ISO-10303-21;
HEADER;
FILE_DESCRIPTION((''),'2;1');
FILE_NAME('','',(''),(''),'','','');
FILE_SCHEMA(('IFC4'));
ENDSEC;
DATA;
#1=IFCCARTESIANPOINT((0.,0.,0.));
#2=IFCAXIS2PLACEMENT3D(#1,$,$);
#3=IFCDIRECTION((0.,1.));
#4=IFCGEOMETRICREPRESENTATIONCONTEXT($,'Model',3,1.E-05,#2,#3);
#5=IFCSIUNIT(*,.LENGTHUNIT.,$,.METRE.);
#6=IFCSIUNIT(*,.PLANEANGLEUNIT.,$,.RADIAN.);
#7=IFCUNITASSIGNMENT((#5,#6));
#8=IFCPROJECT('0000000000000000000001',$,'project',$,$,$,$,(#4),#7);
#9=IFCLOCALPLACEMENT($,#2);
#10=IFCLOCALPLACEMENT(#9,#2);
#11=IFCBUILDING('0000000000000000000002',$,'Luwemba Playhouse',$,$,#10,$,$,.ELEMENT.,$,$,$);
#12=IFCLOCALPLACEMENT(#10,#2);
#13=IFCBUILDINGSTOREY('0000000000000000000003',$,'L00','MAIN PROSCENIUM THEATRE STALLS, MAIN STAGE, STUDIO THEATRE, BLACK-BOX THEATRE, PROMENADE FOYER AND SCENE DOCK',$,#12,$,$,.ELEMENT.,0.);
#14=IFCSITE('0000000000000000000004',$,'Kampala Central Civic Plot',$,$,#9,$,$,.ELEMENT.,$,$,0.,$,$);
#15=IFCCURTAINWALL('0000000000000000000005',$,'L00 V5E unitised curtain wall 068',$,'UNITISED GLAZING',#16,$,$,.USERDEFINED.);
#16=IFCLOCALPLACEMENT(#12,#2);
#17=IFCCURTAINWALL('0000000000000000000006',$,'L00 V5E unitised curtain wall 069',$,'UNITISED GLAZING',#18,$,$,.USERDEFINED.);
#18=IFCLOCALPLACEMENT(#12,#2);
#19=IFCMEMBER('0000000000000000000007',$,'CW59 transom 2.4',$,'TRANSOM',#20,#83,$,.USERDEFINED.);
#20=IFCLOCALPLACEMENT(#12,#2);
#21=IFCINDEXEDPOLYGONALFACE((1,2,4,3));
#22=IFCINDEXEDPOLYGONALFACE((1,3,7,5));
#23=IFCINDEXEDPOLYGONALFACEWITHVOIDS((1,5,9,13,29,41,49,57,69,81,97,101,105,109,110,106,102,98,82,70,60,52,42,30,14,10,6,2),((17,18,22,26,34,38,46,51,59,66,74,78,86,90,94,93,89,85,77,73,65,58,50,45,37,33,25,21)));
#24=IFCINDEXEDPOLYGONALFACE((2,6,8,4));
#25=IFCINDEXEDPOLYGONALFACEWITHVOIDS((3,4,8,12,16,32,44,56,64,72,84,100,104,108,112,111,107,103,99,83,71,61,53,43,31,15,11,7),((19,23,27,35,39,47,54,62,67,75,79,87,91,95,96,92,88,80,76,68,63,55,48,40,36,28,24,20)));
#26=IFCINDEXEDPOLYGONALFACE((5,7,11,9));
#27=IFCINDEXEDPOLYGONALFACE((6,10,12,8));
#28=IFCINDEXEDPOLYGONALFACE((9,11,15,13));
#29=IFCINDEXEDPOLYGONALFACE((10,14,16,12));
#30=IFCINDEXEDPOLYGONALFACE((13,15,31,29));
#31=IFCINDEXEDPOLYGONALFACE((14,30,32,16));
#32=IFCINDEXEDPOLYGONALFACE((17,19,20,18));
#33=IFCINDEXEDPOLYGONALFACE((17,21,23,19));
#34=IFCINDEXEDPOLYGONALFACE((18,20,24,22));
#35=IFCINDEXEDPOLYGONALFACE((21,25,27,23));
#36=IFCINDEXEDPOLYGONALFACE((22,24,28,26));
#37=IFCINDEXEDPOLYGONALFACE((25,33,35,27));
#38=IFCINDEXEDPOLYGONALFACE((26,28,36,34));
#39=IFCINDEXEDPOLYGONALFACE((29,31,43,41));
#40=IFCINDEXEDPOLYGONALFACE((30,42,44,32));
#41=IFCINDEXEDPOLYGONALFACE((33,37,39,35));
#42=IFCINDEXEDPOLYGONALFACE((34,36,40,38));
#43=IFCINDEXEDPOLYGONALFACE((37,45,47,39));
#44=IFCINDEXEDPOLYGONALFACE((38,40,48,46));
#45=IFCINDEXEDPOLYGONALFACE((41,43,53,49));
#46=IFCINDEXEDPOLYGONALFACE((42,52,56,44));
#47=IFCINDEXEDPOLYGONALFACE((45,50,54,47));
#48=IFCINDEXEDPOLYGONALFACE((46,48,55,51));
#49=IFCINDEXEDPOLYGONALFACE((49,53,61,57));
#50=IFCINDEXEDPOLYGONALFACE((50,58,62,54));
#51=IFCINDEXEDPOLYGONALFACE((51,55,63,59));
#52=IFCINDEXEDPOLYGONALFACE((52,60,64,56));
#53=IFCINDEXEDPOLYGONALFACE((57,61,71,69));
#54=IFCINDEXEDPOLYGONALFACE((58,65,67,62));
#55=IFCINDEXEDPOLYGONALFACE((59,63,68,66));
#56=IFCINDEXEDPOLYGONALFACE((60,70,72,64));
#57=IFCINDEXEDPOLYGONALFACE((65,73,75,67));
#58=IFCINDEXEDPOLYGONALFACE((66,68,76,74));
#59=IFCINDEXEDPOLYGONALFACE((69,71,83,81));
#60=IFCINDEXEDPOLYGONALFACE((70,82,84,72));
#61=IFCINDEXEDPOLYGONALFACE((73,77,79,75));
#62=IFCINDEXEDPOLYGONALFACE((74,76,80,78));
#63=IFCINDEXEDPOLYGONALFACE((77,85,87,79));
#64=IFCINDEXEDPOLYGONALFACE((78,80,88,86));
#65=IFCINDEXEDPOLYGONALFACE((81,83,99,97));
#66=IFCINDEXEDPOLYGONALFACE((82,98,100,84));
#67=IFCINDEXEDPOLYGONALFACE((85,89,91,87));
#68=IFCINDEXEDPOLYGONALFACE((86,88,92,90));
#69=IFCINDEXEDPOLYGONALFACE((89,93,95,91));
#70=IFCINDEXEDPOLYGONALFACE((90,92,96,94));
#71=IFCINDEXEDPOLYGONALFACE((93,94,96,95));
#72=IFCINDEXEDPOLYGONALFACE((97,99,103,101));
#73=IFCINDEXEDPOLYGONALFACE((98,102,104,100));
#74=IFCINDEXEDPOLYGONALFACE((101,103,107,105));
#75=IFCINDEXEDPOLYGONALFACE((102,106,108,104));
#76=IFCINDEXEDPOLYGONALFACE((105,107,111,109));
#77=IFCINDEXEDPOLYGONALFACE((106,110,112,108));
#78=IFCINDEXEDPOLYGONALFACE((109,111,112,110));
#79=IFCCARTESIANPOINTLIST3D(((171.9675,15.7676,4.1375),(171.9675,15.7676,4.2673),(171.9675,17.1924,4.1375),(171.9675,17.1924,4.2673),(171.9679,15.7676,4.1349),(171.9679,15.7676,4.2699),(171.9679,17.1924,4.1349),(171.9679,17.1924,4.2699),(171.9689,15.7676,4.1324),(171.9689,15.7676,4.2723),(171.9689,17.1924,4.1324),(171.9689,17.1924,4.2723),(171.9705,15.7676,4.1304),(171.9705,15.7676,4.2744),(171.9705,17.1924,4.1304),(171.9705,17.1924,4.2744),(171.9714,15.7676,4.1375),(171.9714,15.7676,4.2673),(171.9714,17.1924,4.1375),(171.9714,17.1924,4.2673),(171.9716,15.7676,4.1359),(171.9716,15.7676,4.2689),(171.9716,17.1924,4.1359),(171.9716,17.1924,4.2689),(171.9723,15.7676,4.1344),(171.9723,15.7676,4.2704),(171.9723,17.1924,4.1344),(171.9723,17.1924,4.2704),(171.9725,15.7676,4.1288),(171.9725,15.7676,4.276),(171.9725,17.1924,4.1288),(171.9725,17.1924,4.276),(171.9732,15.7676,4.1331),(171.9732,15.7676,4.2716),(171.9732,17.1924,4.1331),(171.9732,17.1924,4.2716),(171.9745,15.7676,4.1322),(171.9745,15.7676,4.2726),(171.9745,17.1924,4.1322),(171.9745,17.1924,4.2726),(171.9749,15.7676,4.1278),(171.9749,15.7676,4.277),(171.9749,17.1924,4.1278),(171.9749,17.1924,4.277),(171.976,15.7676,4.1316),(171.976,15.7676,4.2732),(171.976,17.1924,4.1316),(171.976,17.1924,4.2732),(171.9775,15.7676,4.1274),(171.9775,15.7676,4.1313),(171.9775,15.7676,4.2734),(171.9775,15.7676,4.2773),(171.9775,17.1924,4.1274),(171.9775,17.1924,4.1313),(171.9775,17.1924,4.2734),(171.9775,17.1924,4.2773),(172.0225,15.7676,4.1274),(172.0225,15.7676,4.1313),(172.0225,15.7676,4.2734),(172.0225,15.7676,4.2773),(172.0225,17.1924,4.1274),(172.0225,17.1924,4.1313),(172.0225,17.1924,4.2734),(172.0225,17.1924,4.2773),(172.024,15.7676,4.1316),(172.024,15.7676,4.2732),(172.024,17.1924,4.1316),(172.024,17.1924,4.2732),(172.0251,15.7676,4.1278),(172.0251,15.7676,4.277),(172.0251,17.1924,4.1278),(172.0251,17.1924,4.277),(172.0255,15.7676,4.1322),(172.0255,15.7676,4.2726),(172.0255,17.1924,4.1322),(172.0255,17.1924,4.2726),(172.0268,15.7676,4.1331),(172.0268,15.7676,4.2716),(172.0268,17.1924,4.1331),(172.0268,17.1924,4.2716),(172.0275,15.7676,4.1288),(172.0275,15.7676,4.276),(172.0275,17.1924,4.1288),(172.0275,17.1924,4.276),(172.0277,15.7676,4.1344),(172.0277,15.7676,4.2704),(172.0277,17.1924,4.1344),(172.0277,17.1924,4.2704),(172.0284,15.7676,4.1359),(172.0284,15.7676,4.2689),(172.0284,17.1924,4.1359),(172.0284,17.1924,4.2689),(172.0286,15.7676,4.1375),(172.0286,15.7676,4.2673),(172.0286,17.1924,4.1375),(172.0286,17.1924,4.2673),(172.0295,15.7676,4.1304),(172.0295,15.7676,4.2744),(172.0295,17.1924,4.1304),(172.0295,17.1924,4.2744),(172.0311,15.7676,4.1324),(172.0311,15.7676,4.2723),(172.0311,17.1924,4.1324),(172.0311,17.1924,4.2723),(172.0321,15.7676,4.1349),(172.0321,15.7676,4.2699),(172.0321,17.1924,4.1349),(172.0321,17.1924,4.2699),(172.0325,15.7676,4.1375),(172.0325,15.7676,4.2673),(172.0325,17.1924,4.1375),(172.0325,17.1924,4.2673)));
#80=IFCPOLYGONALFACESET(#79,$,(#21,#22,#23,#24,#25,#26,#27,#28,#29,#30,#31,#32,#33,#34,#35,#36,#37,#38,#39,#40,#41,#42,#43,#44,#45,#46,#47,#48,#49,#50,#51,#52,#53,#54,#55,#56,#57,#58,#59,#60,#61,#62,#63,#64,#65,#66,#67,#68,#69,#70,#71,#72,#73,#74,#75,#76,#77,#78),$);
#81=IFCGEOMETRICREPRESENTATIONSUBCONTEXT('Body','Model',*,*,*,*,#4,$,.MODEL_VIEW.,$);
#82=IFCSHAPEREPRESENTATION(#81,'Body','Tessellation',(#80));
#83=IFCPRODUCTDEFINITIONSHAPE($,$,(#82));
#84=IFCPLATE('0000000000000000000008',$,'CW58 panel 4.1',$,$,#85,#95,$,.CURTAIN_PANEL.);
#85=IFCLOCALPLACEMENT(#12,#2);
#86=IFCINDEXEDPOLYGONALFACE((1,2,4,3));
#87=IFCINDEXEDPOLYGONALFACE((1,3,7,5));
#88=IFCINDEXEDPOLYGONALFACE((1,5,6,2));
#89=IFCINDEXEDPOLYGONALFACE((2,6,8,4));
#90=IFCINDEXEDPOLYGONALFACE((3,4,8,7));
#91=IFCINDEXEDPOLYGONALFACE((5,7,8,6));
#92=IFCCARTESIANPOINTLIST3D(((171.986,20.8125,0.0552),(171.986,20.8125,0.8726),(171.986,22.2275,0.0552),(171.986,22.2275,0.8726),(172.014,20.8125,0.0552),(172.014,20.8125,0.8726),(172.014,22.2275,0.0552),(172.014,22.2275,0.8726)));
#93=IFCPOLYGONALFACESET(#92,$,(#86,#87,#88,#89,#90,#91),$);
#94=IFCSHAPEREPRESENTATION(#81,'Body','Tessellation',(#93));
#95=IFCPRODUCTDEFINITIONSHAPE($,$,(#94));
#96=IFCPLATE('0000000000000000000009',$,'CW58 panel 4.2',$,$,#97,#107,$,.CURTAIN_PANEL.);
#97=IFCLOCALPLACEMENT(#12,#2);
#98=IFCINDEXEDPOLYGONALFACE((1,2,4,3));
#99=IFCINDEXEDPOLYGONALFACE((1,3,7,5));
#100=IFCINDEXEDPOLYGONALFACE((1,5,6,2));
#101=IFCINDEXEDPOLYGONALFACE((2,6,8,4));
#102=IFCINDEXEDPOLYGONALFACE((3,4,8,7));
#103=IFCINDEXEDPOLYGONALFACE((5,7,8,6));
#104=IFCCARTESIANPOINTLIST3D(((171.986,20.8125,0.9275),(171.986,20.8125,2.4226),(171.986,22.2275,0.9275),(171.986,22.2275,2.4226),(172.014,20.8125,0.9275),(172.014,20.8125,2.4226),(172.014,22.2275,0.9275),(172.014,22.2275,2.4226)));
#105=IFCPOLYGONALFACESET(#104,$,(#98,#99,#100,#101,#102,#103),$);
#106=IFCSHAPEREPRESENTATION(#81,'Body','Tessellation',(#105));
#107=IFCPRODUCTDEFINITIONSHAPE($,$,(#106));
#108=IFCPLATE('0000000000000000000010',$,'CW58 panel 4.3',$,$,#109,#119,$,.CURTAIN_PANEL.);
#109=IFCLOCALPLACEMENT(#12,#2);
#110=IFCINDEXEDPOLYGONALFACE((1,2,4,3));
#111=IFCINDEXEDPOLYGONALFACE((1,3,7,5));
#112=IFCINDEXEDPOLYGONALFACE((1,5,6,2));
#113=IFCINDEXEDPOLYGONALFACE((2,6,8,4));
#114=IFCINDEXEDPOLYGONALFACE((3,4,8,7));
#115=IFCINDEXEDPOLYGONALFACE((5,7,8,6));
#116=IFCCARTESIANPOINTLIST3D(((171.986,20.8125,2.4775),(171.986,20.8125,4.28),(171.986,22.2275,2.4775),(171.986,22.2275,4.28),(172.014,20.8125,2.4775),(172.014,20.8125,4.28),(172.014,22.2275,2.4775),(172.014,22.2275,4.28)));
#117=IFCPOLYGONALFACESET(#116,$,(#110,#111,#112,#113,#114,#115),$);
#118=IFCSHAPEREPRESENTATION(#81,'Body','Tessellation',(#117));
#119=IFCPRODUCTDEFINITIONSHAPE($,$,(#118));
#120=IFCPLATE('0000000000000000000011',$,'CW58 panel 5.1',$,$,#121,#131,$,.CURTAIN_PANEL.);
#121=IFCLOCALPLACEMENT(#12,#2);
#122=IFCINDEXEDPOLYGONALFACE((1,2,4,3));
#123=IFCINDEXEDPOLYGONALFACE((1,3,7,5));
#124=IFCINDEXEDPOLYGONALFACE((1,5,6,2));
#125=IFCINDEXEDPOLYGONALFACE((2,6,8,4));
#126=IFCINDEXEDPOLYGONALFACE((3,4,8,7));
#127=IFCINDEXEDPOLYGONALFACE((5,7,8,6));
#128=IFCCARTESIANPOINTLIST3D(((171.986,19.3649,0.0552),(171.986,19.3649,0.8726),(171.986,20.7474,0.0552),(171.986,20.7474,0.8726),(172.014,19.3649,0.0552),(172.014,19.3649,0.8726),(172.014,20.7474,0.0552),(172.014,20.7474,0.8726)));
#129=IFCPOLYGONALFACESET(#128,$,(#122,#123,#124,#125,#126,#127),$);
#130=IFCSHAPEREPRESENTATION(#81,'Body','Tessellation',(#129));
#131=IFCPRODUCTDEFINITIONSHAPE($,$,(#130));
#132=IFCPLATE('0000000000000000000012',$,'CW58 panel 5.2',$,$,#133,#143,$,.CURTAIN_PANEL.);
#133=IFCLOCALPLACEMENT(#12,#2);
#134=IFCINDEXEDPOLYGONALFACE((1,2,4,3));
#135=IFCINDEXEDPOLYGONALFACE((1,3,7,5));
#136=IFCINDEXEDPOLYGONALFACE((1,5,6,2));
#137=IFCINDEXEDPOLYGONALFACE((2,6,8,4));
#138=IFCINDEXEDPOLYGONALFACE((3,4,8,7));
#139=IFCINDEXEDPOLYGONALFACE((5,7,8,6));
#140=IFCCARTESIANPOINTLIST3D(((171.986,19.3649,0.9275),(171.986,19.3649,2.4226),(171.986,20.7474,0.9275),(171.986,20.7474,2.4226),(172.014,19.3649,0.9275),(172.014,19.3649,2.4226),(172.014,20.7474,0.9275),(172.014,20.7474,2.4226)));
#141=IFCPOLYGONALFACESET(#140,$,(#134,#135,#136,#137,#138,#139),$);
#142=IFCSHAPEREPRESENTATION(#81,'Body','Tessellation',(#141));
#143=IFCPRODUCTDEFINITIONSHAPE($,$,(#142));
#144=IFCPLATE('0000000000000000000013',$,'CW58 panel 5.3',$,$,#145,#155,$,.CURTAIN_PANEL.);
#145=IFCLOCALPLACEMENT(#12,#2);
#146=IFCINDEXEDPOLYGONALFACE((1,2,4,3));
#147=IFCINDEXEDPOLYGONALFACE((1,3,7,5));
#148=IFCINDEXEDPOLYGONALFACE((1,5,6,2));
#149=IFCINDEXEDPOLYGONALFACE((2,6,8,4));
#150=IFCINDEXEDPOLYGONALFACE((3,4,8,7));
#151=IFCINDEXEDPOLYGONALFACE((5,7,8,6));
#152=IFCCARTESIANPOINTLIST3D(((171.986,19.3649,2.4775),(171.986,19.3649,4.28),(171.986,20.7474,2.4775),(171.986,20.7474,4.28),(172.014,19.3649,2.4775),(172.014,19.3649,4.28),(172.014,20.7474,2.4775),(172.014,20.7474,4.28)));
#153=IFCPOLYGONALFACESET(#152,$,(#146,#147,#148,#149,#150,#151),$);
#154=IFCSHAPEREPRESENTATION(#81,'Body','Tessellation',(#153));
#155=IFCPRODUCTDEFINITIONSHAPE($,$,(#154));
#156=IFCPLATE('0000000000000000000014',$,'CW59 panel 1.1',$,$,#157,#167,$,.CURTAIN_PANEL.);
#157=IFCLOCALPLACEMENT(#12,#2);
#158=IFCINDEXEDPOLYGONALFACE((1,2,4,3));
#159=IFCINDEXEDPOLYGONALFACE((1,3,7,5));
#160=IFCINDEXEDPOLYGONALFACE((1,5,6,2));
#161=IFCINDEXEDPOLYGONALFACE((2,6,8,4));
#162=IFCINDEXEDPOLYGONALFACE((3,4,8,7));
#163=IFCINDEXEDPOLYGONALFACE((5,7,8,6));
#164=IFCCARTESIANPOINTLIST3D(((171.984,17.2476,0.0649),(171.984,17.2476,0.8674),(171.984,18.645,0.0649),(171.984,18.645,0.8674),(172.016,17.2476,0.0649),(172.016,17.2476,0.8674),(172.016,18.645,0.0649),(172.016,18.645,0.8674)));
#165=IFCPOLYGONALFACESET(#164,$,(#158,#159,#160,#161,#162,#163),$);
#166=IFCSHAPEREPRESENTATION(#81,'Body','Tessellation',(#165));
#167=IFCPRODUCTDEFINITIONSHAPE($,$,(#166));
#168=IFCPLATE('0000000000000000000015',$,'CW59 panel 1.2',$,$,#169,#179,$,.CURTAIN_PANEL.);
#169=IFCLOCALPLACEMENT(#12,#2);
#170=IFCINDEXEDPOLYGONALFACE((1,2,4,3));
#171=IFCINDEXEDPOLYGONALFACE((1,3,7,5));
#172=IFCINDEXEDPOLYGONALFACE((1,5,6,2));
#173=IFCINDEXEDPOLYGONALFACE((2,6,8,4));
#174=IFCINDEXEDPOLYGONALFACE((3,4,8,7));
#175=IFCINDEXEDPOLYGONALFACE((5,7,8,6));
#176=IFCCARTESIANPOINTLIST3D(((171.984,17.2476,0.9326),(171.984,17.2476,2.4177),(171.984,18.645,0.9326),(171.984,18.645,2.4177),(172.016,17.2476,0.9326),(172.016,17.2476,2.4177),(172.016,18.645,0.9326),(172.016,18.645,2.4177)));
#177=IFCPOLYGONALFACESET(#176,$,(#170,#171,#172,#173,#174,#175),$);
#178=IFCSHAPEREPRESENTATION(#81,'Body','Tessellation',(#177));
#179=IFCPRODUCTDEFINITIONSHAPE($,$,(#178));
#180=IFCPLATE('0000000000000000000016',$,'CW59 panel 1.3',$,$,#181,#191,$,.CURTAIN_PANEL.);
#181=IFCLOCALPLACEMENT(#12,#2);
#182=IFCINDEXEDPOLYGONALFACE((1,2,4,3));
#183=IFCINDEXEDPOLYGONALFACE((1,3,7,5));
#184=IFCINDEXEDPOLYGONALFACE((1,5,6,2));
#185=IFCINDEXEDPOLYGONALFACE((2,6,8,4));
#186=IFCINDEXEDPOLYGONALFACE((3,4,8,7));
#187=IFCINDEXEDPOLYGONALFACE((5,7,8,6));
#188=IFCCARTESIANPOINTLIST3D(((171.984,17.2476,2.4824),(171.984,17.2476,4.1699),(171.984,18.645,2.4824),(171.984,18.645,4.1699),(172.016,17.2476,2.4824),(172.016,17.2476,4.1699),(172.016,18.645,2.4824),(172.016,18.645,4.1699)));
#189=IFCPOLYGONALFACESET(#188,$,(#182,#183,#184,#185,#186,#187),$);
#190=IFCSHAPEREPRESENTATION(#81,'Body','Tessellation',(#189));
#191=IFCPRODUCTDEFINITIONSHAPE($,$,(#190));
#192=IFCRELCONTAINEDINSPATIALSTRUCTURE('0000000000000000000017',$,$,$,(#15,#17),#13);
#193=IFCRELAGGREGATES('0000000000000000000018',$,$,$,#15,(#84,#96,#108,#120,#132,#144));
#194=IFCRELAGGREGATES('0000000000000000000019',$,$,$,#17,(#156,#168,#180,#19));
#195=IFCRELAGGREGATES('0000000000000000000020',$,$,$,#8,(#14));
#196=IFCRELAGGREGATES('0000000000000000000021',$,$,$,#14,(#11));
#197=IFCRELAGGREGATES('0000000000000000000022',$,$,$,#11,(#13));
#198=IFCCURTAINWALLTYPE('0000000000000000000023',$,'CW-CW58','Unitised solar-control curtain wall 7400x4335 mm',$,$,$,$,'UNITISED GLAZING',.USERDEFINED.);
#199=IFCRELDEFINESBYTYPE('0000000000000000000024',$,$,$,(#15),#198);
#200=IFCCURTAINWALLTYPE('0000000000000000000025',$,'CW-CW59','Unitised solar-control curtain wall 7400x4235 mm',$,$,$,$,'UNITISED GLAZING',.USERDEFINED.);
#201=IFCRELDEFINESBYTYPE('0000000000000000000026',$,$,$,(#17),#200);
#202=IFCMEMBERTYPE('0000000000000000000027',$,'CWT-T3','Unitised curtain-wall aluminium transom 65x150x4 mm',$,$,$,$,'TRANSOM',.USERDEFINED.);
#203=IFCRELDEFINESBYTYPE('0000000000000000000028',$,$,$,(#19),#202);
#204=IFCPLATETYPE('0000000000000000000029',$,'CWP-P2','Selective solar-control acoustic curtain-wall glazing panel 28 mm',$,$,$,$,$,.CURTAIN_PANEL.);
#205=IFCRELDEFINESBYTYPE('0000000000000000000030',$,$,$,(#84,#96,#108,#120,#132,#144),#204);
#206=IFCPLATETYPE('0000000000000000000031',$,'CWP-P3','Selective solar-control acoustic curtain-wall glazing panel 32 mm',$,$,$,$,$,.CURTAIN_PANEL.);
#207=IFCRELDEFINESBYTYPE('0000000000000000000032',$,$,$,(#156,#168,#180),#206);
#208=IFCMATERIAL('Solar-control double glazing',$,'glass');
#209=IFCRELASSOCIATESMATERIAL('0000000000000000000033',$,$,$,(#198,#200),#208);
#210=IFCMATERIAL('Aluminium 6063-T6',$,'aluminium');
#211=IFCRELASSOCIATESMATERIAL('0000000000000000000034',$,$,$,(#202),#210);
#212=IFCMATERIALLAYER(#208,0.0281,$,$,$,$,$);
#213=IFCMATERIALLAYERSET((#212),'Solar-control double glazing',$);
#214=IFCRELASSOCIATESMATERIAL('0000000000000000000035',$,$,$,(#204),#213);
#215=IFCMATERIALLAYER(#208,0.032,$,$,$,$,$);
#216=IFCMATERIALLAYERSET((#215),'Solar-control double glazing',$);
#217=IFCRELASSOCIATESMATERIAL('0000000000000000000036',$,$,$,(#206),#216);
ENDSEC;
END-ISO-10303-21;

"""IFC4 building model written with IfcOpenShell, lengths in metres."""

from ifc_helpers import new_model, si_unit, direction, frame, origin, origin_2d, place, context, subcontext, project, spatial, rectangle, hollow_rectangle, extrude, material, layer, layer_set, material_profile, profile_set, type_object, element, aggregate, save


model = new_model("IFC4")

# Units and contexts
model_context = context("Model", 3, precision=1e-05, world=origin(), true_north=direction((0.0, 1.0)))
body_context = subcontext(model_context, "Body", "Model", "MODEL_VIEW")
ifc_project = project(units=[si_unit("LENGTHUNIT", "METRE"), si_unit("PLANEANGLEUNIT", "RADIAN")], contexts=[model_context])

# Site, building, storey
site_placement = place(None, origin())
site = spatial("IfcSite", under=ifc_project, at=site_placement, Name="Kampala Central Civic Plot", CompositionType="ELEMENT", RefElevation=0.0)
building_placement = place(site_placement, origin())
building = spatial("IfcBuilding", under=site, at=building_placement, Name="Luwemba Playhouse", CompositionType="ELEMENT")
storey_placement = place(building_placement, origin())
storey = spatial("IfcBuildingStorey", under=building, at=storey_placement, Name="L00", Description="MAIN PROSCENIUM THEATRE STALLS, MAIN STAGE, STUDIO THEATRE, BLACK-BOX THEATRE, PROMENADE FOYER AND SCENE DOCK", CompositionType="ELEMENT", Elevation=0.0)

# Curtain walls
ifc_material_1 = material(Name="Solar-control double glazing", Category="glass")
curtain_wall_type_1 = type_object("IfcCurtainWallType", Name="CW-CW58", Description="Unitised solar-control curtain wall 7400x4335 mm", ElementType="UNITISED GLAZING", PredefinedType="USERDEFINED", material=ifc_material_1)
curtain_wall_1_placement = place(storey_placement, origin())
curtain_wall_1 = element("IfcCurtainWall", 1, at=curtain_wall_1_placement, inside=storey, type_object=curtain_wall_type_1, Name="L00 V5E unitised curtain wall 068", ObjectType="UNITISED GLAZING", PredefinedType="USERDEFINED")
ifc_material_2 = material(Name="Aluminium 6063-T6", Category="aluminium")
curtain_wall_type_2 = type_object("IfcCurtainWallType", Name="CW-CW59", Description="Unitised solar-control curtain wall 7400x4235 mm", ElementType="UNITISED GLAZING", PredefinedType="USERDEFINED", material=ifc_material_1)
curtain_wall_2_placement = place(storey_placement, origin())
curtain_wall_2 = element("IfcCurtainWall", 2, at=curtain_wall_2_placement, inside=storey, type_object=curtain_wall_type_2, Name="L00 V5E unitised curtain wall 069", ObjectType="UNITISED GLAZING", PredefinedType="USERDEFINED")

# Member
ifc_material_profile_1 = material_profile(ifc_material_2, hollow_rectangle(XDim=0.0649, YDim=0.1499, WallThickness=0.0039, InnerFilletRadius=0.0061, OuterFilletRadius=0.01, at=origin_2d()))
ifc_profile_set_1 = profile_set([ifc_material_profile_1], Name="Aluminium 6063-T6")
member_type_1 = type_object("IfcMemberType", Name="CWT-T3", Description="Unitised curtain-wall aluminium transom 65x150x4 mm", ElementType="TRANSOM", PredefinedType="USERDEFINED", material=ifc_profile_set_1)
member_1_placement = place(storey_placement, frame((172.0, 17.1924, 4.2024), z_axis=(0.0, -1.0, 0.0), x_axis=(1.0, 0.0, 0.0)))
member_1 = element("IfcMember", 3, at=member_1_placement, type_object=member_type_1, Name="CW59 transom 2.4", ObjectType="TRANSOM", PredefinedType="USERDEFINED", context=body_context, shape_type="SweptSolid", body=[
    extrude(hollow_rectangle(XDim=0.0649, YDim=0.1499, WallThickness=0.0039, InnerFilletRadius=0.0061, OuterFilletRadius=0.01, at=origin_2d()), origin(), (0.0, 0.0, 1.0), 1.4248),
])

# Plates
ifc_layer_1 = layer(ifc_material_1, 0.0281)
ifc_layer_set_1 = layer_set([ifc_layer_1], Name="Solar-control double glazing")
plate_type_1 = type_object("IfcPlateType", Name="CWP-P2", Description="Selective solar-control acoustic curtain-wall glazing panel 28 mm", PredefinedType="CURTAIN_PANEL", material=ifc_layer_set_1)
plate_1_placement = place(storey_placement, frame((172.0, 21.52, 0.0552), z_axis=(0.0, 0.0, 1.0), x_axis=(0.0, -1.0, 0.0)))
plate_1 = element("IfcPlate", 4, at=plate_1_placement, type_object=plate_type_1, Name="CW58 panel 4.1", PredefinedType="CURTAIN_PANEL", context=body_context, shape_type="SweptSolid", body=[
    extrude(rectangle(XDim=1.415, YDim=0.0281, at=origin_2d()), origin(), (0.0, 0.0, 1.0), 0.8174),
])
plate_2_placement = place(storey_placement, frame((172.0, 21.52, 0.9275), z_axis=(0.0, 0.0, 1.0), x_axis=(0.0, -1.0, 0.0)))
plate_2 = element("IfcPlate", 5, at=plate_2_placement, type_object=plate_type_1, Name="CW58 panel 4.2", PredefinedType="CURTAIN_PANEL", context=body_context, shape_type="SweptSolid", body=[
    extrude(rectangle(XDim=1.415, YDim=0.0281, at=origin_2d()), origin(), (0.0, 0.0, 1.0), 1.4951),
])
plate_3_placement = place(storey_placement, frame((172.0, 21.52, 2.4775), z_axis=(0.0, 0.0, 1.0), x_axis=(0.0, -1.0, 0.0)))
plate_3 = element("IfcPlate", 6, at=plate_3_placement, type_object=plate_type_1, Name="CW58 panel 4.3", PredefinedType="CURTAIN_PANEL", context=body_context, shape_type="SweptSolid", body=[
    extrude(rectangle(XDim=1.415, YDim=0.0281, at=origin_2d()), origin(), (0.0, 0.0, 1.0), 1.8025),
])
plate_4_placement = place(storey_placement, frame((172.0, 20.0562, 0.0552), z_axis=(0.0, 0.0, 1.0), x_axis=(0.0, -1.0, 0.0)))
plate_4 = element("IfcPlate", 7, at=plate_4_placement, type_object=plate_type_1, Name="CW58 panel 5.1", PredefinedType="CURTAIN_PANEL", context=body_context, shape_type="SweptSolid", body=[
    extrude(rectangle(XDim=1.3826, YDim=0.0281, at=origin_2d()), origin(), (0.0, 0.0, 1.0), 0.8174),
])
plate_5_placement = place(storey_placement, frame((172.0, 20.0562, 0.9275), z_axis=(0.0, 0.0, 1.0), x_axis=(0.0, -1.0, 0.0)))
plate_5 = element("IfcPlate", 8, at=plate_5_placement, type_object=plate_type_1, Name="CW58 panel 5.2", PredefinedType="CURTAIN_PANEL", context=body_context, shape_type="SweptSolid", body=[
    extrude(rectangle(XDim=1.3826, YDim=0.0281, at=origin_2d()), origin(), (0.0, 0.0, 1.0), 1.4951),
])
plate_6_placement = place(storey_placement, frame((172.0, 20.0562, 2.4775), z_axis=(0.0, 0.0, 1.0), x_axis=(0.0, -1.0, 0.0)))
plate_6 = element("IfcPlate", 9, at=plate_6_placement, type_object=plate_type_1, Name="CW58 panel 5.3", PredefinedType="CURTAIN_PANEL", context=body_context, shape_type="SweptSolid", body=[
    extrude(rectangle(XDim=1.3826, YDim=0.0281, at=origin_2d()), origin(), (0.0, 0.0, 1.0), 1.8025),
])
aggregate(curtain_wall_1, [plate_1, plate_2, plate_3, plate_4, plate_5, plate_6])
ifc_layer_2 = layer(ifc_material_1, 0.032)
ifc_layer_set_2 = layer_set([ifc_layer_2], Name="Solar-control double glazing")
plate_type_2 = type_object("IfcPlateType", Name="CWP-P3", Description="Selective solar-control acoustic curtain-wall glazing panel 32 mm", PredefinedType="CURTAIN_PANEL", material=ifc_layer_set_2)
plate_7_placement = place(storey_placement, frame((172.0, 17.9463, 0.0649), z_axis=(0.0, 0.0, 1.0), x_axis=(0.0, -1.0, 0.0)))
plate_7 = element("IfcPlate", 10, at=plate_7_placement, type_object=plate_type_2, Name="CW59 panel 1.1", PredefinedType="CURTAIN_PANEL", context=body_context, shape_type="SweptSolid", body=[
    extrude(rectangle(XDim=1.3975, YDim=0.032, at=origin_2d()), origin(), (0.0, 0.0, 1.0), 0.8025),
])
plate_8_placement = place(storey_placement, frame((172.0, 17.9463, 0.9326), z_axis=(0.0, 0.0, 1.0), x_axis=(0.0, -1.0, 0.0)))
plate_8 = element("IfcPlate", 11, at=plate_8_placement, type_object=plate_type_2, Name="CW59 panel 1.2", PredefinedType="CURTAIN_PANEL", context=body_context, shape_type="SweptSolid", body=[
    extrude(rectangle(XDim=1.3975, YDim=0.032, at=origin_2d()), origin(), (0.0, 0.0, 1.0), 1.4851),
])
plate_9_placement = place(storey_placement, frame((172.0, 17.9463, 2.4824), z_axis=(0.0, 0.0, 1.0), x_axis=(0.0, -1.0, 0.0)))
plate_9 = element("IfcPlate", 12, at=plate_9_placement, type_object=plate_type_2, Name="CW59 panel 1.3", PredefinedType="CURTAIN_PANEL", context=body_context, shape_type="SweptSolid", body=[
    extrude(rectangle(XDim=1.3975, YDim=0.032, at=origin_2d()), origin(), (0.0, 0.0, 1.0), 1.6875),
])
aggregate(curtain_wall_2, [plate_7, plate_8, plate_9, member_1])

save(model, "model.ifc")
